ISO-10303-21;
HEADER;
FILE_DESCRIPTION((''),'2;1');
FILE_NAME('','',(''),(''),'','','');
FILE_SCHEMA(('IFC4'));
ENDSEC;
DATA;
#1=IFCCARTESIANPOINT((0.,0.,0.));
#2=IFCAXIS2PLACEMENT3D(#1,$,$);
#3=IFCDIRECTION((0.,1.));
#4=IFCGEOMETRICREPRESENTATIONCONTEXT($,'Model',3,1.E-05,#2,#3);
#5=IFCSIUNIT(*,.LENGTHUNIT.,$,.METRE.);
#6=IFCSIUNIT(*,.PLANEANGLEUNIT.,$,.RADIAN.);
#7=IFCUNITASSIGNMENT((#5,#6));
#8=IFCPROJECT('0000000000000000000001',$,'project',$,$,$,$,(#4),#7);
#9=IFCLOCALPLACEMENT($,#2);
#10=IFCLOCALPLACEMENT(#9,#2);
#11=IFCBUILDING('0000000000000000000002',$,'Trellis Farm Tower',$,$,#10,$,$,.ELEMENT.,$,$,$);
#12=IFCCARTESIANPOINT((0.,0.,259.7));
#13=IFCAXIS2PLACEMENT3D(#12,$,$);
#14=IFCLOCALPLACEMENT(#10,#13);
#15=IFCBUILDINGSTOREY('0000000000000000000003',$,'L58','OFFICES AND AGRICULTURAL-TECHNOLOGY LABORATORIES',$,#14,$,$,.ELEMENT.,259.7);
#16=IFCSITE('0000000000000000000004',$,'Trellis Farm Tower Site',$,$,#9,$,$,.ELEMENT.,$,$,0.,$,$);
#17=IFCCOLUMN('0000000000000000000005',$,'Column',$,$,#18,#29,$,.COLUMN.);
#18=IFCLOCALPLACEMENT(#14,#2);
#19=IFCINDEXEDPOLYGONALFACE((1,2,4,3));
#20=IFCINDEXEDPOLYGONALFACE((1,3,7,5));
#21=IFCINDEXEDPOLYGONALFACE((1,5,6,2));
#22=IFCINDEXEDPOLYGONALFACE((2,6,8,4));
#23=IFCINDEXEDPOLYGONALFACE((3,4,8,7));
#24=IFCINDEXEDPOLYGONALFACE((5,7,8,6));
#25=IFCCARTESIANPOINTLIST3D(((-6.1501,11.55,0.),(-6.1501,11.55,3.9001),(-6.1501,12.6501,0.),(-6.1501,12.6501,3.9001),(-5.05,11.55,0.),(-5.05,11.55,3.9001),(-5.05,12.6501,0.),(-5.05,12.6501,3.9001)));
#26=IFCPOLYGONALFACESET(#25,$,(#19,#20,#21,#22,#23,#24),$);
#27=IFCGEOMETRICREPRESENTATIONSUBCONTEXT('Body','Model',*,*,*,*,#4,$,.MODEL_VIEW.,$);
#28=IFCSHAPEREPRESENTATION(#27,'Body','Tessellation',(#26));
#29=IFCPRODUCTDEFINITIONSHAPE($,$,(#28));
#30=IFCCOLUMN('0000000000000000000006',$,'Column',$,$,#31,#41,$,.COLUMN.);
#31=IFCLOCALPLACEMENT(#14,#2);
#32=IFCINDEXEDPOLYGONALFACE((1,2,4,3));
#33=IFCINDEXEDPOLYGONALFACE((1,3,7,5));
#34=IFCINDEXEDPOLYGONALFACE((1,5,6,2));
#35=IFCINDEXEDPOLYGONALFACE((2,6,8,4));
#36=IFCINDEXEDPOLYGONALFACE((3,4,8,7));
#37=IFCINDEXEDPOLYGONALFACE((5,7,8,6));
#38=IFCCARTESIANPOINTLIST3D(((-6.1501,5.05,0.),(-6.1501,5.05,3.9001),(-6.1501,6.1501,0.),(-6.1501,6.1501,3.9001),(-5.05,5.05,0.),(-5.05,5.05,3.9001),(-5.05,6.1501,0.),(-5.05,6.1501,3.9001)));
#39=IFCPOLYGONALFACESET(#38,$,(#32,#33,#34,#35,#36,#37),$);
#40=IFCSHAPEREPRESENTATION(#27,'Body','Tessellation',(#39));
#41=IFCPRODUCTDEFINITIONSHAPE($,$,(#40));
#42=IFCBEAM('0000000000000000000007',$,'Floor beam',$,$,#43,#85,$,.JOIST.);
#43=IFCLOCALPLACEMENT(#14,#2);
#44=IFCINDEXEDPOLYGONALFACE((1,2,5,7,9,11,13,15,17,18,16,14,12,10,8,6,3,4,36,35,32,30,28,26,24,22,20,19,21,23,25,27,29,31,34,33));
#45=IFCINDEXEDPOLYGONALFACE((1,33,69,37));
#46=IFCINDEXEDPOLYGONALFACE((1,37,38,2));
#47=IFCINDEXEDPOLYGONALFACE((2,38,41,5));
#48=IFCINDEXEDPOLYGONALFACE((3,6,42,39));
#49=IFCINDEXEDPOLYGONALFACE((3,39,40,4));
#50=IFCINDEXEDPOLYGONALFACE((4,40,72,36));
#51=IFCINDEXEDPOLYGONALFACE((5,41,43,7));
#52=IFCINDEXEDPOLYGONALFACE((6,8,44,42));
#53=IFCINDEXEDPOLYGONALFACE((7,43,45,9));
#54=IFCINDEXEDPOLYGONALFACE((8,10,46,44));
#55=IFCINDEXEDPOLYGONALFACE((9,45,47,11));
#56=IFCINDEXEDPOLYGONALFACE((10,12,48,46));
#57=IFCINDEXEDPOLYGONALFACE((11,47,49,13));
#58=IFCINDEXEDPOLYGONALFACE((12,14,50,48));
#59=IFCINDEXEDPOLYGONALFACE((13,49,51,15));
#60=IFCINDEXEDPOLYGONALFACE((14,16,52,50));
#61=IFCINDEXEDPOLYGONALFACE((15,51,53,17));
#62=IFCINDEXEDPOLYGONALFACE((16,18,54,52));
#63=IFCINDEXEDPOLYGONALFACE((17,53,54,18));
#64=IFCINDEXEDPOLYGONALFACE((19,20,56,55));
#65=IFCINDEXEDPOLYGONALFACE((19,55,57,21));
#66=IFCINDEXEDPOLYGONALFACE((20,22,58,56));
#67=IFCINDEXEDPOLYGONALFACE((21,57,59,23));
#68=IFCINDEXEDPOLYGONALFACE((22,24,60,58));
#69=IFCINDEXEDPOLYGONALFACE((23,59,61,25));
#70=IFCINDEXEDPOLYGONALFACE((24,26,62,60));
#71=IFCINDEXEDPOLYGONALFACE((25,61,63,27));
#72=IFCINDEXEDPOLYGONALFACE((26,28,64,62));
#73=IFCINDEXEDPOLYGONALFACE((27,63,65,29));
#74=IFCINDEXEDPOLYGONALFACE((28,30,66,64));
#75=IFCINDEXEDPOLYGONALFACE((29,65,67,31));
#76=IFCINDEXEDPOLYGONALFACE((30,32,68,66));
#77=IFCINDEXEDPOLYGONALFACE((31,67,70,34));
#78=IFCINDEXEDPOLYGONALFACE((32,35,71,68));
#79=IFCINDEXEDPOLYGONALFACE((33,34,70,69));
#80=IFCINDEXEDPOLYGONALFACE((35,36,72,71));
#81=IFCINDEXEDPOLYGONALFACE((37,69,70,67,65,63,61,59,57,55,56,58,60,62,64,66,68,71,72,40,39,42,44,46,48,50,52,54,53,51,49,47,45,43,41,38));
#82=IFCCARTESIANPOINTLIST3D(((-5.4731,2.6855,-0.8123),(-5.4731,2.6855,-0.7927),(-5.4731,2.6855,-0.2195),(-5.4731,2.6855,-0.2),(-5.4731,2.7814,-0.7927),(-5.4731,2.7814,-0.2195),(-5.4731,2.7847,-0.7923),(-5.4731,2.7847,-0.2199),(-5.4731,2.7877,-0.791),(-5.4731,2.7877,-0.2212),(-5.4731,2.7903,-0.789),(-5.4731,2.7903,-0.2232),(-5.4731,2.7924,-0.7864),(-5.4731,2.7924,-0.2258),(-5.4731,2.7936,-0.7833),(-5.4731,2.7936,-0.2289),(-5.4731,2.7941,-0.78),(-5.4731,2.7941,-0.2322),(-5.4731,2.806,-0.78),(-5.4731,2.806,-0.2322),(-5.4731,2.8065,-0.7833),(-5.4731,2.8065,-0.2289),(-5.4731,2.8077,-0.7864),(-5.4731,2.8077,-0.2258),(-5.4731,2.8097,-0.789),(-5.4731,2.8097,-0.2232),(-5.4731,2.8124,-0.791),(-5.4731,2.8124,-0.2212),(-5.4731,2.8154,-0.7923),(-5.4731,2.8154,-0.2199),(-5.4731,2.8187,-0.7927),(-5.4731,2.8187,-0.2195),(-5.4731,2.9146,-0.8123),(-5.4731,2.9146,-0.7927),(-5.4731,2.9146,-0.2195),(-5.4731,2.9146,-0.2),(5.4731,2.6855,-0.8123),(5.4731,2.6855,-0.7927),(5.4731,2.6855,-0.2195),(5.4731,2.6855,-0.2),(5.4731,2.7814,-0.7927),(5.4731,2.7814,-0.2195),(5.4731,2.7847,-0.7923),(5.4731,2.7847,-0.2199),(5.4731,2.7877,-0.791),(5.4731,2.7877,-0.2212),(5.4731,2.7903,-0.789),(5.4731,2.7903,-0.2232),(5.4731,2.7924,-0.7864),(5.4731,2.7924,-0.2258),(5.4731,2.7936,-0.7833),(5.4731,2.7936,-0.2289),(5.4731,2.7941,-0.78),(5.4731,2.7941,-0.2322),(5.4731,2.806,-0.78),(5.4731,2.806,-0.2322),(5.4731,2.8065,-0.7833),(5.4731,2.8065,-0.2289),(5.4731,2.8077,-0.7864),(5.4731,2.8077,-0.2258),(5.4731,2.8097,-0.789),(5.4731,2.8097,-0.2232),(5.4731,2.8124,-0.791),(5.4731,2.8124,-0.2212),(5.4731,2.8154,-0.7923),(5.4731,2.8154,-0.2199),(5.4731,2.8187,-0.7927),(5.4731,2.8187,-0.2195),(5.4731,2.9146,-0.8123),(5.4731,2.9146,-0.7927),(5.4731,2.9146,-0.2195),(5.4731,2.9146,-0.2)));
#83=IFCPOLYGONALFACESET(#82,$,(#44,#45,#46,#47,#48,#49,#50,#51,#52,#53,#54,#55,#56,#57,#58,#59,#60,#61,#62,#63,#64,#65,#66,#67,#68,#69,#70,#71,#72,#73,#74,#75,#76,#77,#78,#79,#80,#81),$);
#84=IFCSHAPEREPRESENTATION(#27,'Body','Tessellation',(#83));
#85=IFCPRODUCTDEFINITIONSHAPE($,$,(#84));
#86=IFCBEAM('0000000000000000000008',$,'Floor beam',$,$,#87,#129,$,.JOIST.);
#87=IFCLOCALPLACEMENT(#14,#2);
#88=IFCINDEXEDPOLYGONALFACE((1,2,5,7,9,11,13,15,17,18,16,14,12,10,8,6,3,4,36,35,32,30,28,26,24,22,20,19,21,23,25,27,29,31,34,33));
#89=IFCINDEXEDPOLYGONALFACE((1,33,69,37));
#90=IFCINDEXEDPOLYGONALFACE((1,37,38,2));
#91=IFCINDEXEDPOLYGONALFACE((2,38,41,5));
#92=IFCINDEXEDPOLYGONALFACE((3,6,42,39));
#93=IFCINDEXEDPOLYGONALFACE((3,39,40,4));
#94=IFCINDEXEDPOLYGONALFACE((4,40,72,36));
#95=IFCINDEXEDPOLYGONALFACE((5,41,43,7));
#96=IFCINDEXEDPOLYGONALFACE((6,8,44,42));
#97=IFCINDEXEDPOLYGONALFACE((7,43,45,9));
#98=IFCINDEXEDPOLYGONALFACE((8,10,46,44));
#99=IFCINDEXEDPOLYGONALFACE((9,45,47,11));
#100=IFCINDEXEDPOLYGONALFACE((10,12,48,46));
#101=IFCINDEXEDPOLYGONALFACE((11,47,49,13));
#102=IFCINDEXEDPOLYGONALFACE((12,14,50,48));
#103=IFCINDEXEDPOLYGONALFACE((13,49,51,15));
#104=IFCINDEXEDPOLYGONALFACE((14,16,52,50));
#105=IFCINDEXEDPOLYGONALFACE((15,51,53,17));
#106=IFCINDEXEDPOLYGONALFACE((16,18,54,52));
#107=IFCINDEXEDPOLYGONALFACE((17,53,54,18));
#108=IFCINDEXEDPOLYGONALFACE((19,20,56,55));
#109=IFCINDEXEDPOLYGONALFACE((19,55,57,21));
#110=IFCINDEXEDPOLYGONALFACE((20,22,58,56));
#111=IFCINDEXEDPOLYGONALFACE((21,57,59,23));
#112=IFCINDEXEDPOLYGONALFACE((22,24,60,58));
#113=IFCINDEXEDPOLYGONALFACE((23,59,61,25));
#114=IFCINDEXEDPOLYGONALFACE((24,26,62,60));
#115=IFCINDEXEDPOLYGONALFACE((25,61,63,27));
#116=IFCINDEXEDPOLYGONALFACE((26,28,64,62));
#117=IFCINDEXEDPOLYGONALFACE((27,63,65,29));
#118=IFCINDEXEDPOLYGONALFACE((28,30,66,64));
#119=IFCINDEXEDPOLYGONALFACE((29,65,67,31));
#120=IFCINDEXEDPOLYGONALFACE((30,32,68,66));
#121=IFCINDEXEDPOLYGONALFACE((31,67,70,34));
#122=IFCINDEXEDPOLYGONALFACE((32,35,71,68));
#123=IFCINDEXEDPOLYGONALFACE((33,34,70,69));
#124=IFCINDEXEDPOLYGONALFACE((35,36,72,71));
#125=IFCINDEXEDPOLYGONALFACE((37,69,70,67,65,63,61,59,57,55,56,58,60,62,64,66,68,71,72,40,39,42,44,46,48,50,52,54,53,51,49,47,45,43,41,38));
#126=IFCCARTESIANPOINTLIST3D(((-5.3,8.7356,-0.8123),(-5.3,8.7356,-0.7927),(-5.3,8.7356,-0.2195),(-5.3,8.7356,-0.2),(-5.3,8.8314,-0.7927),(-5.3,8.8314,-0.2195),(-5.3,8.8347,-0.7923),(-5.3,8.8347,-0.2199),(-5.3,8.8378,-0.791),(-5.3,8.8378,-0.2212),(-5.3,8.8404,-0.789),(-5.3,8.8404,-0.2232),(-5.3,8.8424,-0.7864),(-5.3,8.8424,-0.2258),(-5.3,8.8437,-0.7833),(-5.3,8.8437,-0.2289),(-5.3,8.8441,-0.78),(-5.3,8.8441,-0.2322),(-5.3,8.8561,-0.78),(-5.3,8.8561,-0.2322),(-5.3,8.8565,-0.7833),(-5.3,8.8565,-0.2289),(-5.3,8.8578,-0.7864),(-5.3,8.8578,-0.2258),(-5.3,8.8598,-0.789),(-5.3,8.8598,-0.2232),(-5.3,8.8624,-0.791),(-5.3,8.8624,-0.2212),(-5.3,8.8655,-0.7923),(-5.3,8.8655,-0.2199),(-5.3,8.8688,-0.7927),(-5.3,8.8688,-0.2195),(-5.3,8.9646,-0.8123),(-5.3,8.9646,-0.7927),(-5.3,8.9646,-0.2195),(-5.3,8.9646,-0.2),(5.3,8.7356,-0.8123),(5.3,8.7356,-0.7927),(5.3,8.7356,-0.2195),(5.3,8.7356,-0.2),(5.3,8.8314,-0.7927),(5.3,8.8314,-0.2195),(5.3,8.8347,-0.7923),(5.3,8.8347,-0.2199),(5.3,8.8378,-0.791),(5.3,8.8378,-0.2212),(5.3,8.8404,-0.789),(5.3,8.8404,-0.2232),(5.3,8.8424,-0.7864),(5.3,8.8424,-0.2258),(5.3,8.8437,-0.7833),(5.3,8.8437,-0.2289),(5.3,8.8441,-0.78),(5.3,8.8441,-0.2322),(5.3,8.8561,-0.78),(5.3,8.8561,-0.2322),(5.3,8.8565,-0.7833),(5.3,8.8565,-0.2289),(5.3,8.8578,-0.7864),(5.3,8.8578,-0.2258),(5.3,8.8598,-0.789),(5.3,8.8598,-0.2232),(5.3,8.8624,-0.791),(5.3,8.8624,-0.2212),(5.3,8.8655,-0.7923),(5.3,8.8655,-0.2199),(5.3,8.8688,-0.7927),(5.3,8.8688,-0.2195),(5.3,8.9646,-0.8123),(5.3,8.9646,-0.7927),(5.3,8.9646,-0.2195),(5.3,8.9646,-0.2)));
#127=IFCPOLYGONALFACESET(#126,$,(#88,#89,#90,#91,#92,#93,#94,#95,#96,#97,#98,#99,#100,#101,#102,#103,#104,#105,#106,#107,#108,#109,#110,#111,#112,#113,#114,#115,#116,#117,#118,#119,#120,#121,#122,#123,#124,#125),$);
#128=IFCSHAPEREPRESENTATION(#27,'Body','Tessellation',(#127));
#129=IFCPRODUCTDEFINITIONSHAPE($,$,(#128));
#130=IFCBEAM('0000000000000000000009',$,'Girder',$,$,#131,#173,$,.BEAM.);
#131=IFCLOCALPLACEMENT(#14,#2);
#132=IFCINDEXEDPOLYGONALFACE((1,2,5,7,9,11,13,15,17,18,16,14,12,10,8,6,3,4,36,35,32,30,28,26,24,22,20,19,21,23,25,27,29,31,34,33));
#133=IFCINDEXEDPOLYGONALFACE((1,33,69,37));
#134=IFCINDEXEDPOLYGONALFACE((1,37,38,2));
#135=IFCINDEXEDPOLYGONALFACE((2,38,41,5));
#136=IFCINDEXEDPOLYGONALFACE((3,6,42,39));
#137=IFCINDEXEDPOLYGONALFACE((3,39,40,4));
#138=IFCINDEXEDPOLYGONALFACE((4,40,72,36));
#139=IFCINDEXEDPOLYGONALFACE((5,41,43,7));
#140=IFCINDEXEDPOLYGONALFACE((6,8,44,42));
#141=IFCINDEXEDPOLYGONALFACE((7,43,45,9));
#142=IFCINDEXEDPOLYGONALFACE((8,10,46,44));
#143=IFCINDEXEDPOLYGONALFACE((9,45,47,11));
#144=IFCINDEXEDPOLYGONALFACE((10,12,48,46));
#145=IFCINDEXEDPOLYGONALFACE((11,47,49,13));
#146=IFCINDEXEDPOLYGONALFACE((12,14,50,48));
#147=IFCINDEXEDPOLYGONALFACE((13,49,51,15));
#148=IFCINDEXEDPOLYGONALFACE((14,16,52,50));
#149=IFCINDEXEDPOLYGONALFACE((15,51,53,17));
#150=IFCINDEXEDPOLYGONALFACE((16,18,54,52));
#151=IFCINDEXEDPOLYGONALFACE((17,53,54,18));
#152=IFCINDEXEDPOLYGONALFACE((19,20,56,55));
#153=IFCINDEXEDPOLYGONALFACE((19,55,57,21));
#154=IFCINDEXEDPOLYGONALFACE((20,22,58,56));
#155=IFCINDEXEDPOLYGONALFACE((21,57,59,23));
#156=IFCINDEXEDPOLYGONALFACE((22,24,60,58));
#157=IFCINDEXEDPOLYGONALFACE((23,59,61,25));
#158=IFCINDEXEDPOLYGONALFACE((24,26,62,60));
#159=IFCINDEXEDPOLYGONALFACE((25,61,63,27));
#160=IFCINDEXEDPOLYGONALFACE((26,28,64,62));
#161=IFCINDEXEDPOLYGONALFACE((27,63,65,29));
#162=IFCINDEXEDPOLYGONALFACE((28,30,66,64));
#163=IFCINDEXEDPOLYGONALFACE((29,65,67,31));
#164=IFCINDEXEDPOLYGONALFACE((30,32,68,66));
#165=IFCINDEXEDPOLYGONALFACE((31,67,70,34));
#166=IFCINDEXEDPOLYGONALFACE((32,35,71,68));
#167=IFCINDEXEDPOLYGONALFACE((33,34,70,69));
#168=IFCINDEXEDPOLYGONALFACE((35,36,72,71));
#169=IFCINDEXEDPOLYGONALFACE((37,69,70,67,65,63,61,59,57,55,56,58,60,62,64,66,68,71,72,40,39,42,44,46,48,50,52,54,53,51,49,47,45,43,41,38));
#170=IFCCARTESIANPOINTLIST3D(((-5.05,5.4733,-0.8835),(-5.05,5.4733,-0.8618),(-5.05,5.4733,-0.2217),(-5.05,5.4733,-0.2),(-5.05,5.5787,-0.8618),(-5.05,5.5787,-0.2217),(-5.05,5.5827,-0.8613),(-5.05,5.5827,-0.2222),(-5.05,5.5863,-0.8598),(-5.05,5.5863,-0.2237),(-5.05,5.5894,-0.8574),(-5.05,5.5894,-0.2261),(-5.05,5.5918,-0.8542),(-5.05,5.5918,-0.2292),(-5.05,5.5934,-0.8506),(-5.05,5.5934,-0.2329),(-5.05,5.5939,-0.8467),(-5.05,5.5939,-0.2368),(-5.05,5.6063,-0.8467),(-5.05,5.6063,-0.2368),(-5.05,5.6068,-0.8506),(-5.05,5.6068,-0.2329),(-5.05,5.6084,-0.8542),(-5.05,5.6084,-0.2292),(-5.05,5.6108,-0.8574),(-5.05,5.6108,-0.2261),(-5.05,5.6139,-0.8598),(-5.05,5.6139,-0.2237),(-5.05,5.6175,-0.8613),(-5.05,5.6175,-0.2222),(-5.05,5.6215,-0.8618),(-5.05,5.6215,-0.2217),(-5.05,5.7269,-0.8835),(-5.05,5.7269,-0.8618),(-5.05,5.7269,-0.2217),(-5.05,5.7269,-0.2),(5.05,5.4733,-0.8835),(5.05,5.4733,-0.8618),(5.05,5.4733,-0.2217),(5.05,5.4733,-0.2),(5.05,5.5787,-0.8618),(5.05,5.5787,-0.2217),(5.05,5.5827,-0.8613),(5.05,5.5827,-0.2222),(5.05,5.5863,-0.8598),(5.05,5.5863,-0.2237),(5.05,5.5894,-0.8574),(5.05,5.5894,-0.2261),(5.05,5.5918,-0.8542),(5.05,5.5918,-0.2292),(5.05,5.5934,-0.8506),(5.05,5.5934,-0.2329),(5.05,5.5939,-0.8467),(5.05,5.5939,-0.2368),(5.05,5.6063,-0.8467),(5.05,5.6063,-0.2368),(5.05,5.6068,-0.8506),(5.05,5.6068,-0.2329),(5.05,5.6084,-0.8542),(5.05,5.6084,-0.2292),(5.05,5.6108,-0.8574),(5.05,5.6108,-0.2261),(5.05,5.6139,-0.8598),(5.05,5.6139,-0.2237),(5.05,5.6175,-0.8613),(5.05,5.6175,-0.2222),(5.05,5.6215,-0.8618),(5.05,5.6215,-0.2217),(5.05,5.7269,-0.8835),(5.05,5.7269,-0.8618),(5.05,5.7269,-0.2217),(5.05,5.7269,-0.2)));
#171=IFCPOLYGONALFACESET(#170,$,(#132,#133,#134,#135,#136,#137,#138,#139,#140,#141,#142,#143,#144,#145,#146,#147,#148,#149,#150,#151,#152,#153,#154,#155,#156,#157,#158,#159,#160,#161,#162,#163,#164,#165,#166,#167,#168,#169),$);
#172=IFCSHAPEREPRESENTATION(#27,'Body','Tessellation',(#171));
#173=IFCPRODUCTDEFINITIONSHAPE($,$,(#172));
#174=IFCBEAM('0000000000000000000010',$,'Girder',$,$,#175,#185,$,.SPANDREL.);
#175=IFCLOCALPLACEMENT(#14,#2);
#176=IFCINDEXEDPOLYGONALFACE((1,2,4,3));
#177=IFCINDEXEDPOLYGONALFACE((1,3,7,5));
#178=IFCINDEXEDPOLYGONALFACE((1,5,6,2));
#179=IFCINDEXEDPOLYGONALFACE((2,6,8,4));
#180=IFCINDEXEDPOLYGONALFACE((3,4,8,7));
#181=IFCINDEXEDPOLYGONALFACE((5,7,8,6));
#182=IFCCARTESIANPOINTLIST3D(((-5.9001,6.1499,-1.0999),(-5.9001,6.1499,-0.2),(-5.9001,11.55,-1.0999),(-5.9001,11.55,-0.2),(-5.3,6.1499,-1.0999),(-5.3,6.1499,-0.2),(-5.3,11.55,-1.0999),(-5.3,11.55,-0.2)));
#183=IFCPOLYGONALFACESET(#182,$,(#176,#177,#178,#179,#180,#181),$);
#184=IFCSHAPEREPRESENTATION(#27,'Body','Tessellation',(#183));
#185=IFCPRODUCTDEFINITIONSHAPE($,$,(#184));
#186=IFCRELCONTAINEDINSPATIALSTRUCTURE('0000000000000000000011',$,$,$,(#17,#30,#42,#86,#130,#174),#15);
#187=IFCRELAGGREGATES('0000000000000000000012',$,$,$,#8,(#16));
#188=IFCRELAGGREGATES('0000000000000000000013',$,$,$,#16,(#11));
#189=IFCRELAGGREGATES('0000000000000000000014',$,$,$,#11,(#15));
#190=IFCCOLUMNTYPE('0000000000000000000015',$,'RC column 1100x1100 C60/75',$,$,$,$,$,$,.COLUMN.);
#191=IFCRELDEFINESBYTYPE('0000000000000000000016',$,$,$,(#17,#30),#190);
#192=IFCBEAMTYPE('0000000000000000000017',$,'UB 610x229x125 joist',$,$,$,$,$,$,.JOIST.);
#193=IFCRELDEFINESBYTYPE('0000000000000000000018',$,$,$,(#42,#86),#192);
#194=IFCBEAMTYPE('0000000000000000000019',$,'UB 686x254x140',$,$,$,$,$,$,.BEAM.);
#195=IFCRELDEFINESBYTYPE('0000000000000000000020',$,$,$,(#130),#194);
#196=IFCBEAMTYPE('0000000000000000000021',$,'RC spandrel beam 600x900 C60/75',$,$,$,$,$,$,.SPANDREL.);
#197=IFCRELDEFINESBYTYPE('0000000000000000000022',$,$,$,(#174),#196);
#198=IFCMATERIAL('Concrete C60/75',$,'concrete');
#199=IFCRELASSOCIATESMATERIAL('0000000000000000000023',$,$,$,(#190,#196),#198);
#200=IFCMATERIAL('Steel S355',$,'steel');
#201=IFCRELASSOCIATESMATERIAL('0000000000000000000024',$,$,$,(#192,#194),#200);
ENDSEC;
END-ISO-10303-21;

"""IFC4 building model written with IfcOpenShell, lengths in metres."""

from ifc_helpers import new_model, si_unit, direction, frame, origin, origin_2d, place, context, subcontext, project, spatial, rectangle, i_section, extrude, source, transform, mapped, material, material_profile, profile_set, type_object, element, save


model = new_model("IFC4")

# Units and contexts
model_context = context("Model", 3, precision=1e-05, world=origin(), true_north=direction((0.0, 1.0)))
body_context = subcontext(model_context, "Body", "Model", "MODEL_VIEW")
ifc_project = project(units=[si_unit("LENGTHUNIT", "METRE"), si_unit("PLANEANGLEUNIT", "RADIAN")], contexts=[model_context])

# Site, building, storey
site_placement = place(None, origin())
site = spatial("IfcSite", under=ifc_project, at=site_placement, Name="Trellis Farm Tower Site", CompositionType="ELEMENT", RefElevation=0.0)
building_placement = place(site_placement, origin())
building = spatial("IfcBuilding", under=site, at=building_placement, Name="Trellis Farm Tower", CompositionType="ELEMENT")
storey_placement = place(building_placement, frame((0.0, 0.0, 259.7)))
storey = spatial("IfcBuildingStorey", under=building, at=storey_placement, Name="L58", Description="OFFICES AND AGRICULTURAL-TECHNOLOGY LABORATORIES", CompositionType="ELEMENT", Elevation=259.7)

# Columns
ifc_material_1 = material(Name="Concrete C60/75", Category="concrete")
ifc_material_profile_1 = material_profile(ifc_material_1, rectangle(XDim=1.1001, YDim=1.1001, at=origin_2d()), Name="RC column 1100x1100 C60/75")
ifc_profile_set_1 = profile_set([ifc_material_profile_1], Name="Concrete C60/75")
column_type = type_object("IfcColumnType", Name="RC column 1100x1100 C60/75", PredefinedType="COLUMN", material=ifc_profile_set_1)
shared_shape_1 = source(origin(), body_context, "Body", "SweptSolid", [
    extrude(rectangle(XDim=1.1001, YDim=1.1001, at=origin_2d()), origin(), (0.0, 0.0, 1.0), 3.9001),
])
for number, where, z_axis, x_axis, name in (
    (1, (-5.6001, 12.1001, 0.0), (0.0, 0.0, 1.0), (1.0, 0.0, 0.0), "Column"),
    (2, (-5.6001, 5.6001, 0.0), (0.0, 0.0, 1.0), (1.0, 0.0, 0.0), "Column"),
):
    element("IfcColumn", number, at=place(storey_placement, frame(where, z_axis=z_axis, x_axis=x_axis)), inside=storey, type_object=column_type, Name=name, PredefinedType="COLUMN", context=body_context, shape_type="MappedRepresentation", body=[
        mapped(shared_shape_1, transform((0.0, 0.0, 0.0))),
    ])

# Beams
ifc_material_2 = material(Name="Steel S355", Category="steel")
ifc_material_profile_2 = material_profile(ifc_material_2, i_section(OverallWidth=0.229, OverallDepth=0.6123, WebThickness=0.012, FlangeThickness=0.0195, FilletRadius=0.0127, at=origin_2d()), Name="UB 610x229x125")
ifc_profile_set_2 = profile_set([ifc_material_profile_2], Name="Steel S355")
beam_type_1 = type_object("IfcBeamType", Name="UB 610x229x125 joist", PredefinedType="JOIST", material=ifc_profile_set_2)
shared_shape_2 = source(origin(), body_context, "Body", "SweptSolid", [
    extrude(i_section(OverallWidth=0.229, OverallDepth=0.6123, WebThickness=0.012, FlangeThickness=0.0195, FilletRadius=0.0127, at=origin_2d()), origin(), (0.0, 0.0, 1.0), 10.9463),
])
beam_1_placement = place(storey_placement, frame((-5.4731, 2.8, -0.5061), z_axis=(1.0, 0.0, 0.0), x_axis=(0.0, 1.0, 0.0)))
element("IfcBeam", 3, at=beam_1_placement, inside=storey, type_object=beam_type_1, Name="Floor beam", PredefinedType="JOIST", context=body_context, shape_type="MappedRepresentation", body=[
    mapped(shared_shape_2, transform((0.0, 0.0, 0.0))),
])
shared_shape_3 = source(origin(), body_context, "Body", "SweptSolid", [
    extrude(i_section(OverallWidth=0.229, OverallDepth=0.6123, WebThickness=0.012, FlangeThickness=0.0195, FilletRadius=0.0127, at=origin_2d()), origin(), (0.0, 0.0, 1.0), 10.6001),
])
beam_2_placement = place(storey_placement, frame((-5.3, 8.8501, -0.5061), z_axis=(1.0, 0.0, 0.0), x_axis=(0.0, 1.0, 0.0)))
element("IfcBeam", 4, at=beam_2_placement, inside=storey, type_object=beam_type_1, Name="Floor beam", PredefinedType="JOIST", context=body_context, shape_type="MappedRepresentation", body=[
    mapped(shared_shape_3, transform((0.0, 0.0, 0.0))),
])
ifc_material_profile_3 = material_profile(ifc_material_2, i_section(OverallWidth=0.2537, OverallDepth=0.6836, WebThickness=0.0125, FlangeThickness=0.0217, FilletRadius=0.0151, at=origin_2d()), Name="UB 686x254x140")
ifc_profile_set_3 = profile_set([ifc_material_profile_3], Name="Steel S355")
beam_type_2 = type_object("IfcBeamType", Name="UB 686x254x140", PredefinedType="BEAM", material=ifc_profile_set_3)
shared_shape_4 = source(origin(), body_context, "Body", "SweptSolid", [
    extrude(i_section(OverallWidth=0.2537, OverallDepth=0.6836, WebThickness=0.0125, FlangeThickness=0.0217, FilletRadius=0.0151, at=origin_2d()), origin(), (0.0, 0.0, 1.0), 10.1001),
])
beam_3_placement = place(storey_placement, frame((-5.05, 5.6001, -0.5417), z_axis=(1.0, 0.0, 0.0), x_axis=(0.0, 1.0, 0.0)))
element("IfcBeam", 5, at=beam_3_placement, inside=storey, type_object=beam_type_2, Name="Girder", PredefinedType="BEAM", context=body_context, shape_type="MappedRepresentation", body=[
    mapped(shared_shape_4, transform((0.0, 0.0, 0.0))),
])
ifc_material_profile_4 = material_profile(ifc_material_1, rectangle(XDim=0.6001, YDim=0.8999, at=origin_2d()), Name="RC spandrel beam 600x900 C60/75")
ifc_profile_set_4 = profile_set([ifc_material_profile_4], Name="Concrete C60/75")
beam_type_3 = type_object("IfcBeamType", Name="RC spandrel beam 600x900 C60/75", PredefinedType="SPANDREL", material=ifc_profile_set_4)
shared_shape_5 = source(origin(), body_context, "Body", "SweptSolid", [
    extrude(rectangle(XDim=0.6001, YDim=0.8999, at=origin_2d()), origin(), (0.0, 0.0, 1.0), 5.4001),
])
beam_4_placement = place(storey_placement, frame((-5.6001, 6.1499, -0.6499), z_axis=(0.0, 1.0, 0.0), x_axis=(-1.0, 0.0, 0.0)))
element("IfcBeam", 6, at=beam_4_placement, inside=storey, type_object=beam_type_3, Name="Girder", PredefinedType="SPANDREL", context=body_context, shape_type="MappedRepresentation", body=[
    mapped(shared_shape_5, transform((0.0, 0.0, 0.0))),
])

save(model, "model.ifc")
